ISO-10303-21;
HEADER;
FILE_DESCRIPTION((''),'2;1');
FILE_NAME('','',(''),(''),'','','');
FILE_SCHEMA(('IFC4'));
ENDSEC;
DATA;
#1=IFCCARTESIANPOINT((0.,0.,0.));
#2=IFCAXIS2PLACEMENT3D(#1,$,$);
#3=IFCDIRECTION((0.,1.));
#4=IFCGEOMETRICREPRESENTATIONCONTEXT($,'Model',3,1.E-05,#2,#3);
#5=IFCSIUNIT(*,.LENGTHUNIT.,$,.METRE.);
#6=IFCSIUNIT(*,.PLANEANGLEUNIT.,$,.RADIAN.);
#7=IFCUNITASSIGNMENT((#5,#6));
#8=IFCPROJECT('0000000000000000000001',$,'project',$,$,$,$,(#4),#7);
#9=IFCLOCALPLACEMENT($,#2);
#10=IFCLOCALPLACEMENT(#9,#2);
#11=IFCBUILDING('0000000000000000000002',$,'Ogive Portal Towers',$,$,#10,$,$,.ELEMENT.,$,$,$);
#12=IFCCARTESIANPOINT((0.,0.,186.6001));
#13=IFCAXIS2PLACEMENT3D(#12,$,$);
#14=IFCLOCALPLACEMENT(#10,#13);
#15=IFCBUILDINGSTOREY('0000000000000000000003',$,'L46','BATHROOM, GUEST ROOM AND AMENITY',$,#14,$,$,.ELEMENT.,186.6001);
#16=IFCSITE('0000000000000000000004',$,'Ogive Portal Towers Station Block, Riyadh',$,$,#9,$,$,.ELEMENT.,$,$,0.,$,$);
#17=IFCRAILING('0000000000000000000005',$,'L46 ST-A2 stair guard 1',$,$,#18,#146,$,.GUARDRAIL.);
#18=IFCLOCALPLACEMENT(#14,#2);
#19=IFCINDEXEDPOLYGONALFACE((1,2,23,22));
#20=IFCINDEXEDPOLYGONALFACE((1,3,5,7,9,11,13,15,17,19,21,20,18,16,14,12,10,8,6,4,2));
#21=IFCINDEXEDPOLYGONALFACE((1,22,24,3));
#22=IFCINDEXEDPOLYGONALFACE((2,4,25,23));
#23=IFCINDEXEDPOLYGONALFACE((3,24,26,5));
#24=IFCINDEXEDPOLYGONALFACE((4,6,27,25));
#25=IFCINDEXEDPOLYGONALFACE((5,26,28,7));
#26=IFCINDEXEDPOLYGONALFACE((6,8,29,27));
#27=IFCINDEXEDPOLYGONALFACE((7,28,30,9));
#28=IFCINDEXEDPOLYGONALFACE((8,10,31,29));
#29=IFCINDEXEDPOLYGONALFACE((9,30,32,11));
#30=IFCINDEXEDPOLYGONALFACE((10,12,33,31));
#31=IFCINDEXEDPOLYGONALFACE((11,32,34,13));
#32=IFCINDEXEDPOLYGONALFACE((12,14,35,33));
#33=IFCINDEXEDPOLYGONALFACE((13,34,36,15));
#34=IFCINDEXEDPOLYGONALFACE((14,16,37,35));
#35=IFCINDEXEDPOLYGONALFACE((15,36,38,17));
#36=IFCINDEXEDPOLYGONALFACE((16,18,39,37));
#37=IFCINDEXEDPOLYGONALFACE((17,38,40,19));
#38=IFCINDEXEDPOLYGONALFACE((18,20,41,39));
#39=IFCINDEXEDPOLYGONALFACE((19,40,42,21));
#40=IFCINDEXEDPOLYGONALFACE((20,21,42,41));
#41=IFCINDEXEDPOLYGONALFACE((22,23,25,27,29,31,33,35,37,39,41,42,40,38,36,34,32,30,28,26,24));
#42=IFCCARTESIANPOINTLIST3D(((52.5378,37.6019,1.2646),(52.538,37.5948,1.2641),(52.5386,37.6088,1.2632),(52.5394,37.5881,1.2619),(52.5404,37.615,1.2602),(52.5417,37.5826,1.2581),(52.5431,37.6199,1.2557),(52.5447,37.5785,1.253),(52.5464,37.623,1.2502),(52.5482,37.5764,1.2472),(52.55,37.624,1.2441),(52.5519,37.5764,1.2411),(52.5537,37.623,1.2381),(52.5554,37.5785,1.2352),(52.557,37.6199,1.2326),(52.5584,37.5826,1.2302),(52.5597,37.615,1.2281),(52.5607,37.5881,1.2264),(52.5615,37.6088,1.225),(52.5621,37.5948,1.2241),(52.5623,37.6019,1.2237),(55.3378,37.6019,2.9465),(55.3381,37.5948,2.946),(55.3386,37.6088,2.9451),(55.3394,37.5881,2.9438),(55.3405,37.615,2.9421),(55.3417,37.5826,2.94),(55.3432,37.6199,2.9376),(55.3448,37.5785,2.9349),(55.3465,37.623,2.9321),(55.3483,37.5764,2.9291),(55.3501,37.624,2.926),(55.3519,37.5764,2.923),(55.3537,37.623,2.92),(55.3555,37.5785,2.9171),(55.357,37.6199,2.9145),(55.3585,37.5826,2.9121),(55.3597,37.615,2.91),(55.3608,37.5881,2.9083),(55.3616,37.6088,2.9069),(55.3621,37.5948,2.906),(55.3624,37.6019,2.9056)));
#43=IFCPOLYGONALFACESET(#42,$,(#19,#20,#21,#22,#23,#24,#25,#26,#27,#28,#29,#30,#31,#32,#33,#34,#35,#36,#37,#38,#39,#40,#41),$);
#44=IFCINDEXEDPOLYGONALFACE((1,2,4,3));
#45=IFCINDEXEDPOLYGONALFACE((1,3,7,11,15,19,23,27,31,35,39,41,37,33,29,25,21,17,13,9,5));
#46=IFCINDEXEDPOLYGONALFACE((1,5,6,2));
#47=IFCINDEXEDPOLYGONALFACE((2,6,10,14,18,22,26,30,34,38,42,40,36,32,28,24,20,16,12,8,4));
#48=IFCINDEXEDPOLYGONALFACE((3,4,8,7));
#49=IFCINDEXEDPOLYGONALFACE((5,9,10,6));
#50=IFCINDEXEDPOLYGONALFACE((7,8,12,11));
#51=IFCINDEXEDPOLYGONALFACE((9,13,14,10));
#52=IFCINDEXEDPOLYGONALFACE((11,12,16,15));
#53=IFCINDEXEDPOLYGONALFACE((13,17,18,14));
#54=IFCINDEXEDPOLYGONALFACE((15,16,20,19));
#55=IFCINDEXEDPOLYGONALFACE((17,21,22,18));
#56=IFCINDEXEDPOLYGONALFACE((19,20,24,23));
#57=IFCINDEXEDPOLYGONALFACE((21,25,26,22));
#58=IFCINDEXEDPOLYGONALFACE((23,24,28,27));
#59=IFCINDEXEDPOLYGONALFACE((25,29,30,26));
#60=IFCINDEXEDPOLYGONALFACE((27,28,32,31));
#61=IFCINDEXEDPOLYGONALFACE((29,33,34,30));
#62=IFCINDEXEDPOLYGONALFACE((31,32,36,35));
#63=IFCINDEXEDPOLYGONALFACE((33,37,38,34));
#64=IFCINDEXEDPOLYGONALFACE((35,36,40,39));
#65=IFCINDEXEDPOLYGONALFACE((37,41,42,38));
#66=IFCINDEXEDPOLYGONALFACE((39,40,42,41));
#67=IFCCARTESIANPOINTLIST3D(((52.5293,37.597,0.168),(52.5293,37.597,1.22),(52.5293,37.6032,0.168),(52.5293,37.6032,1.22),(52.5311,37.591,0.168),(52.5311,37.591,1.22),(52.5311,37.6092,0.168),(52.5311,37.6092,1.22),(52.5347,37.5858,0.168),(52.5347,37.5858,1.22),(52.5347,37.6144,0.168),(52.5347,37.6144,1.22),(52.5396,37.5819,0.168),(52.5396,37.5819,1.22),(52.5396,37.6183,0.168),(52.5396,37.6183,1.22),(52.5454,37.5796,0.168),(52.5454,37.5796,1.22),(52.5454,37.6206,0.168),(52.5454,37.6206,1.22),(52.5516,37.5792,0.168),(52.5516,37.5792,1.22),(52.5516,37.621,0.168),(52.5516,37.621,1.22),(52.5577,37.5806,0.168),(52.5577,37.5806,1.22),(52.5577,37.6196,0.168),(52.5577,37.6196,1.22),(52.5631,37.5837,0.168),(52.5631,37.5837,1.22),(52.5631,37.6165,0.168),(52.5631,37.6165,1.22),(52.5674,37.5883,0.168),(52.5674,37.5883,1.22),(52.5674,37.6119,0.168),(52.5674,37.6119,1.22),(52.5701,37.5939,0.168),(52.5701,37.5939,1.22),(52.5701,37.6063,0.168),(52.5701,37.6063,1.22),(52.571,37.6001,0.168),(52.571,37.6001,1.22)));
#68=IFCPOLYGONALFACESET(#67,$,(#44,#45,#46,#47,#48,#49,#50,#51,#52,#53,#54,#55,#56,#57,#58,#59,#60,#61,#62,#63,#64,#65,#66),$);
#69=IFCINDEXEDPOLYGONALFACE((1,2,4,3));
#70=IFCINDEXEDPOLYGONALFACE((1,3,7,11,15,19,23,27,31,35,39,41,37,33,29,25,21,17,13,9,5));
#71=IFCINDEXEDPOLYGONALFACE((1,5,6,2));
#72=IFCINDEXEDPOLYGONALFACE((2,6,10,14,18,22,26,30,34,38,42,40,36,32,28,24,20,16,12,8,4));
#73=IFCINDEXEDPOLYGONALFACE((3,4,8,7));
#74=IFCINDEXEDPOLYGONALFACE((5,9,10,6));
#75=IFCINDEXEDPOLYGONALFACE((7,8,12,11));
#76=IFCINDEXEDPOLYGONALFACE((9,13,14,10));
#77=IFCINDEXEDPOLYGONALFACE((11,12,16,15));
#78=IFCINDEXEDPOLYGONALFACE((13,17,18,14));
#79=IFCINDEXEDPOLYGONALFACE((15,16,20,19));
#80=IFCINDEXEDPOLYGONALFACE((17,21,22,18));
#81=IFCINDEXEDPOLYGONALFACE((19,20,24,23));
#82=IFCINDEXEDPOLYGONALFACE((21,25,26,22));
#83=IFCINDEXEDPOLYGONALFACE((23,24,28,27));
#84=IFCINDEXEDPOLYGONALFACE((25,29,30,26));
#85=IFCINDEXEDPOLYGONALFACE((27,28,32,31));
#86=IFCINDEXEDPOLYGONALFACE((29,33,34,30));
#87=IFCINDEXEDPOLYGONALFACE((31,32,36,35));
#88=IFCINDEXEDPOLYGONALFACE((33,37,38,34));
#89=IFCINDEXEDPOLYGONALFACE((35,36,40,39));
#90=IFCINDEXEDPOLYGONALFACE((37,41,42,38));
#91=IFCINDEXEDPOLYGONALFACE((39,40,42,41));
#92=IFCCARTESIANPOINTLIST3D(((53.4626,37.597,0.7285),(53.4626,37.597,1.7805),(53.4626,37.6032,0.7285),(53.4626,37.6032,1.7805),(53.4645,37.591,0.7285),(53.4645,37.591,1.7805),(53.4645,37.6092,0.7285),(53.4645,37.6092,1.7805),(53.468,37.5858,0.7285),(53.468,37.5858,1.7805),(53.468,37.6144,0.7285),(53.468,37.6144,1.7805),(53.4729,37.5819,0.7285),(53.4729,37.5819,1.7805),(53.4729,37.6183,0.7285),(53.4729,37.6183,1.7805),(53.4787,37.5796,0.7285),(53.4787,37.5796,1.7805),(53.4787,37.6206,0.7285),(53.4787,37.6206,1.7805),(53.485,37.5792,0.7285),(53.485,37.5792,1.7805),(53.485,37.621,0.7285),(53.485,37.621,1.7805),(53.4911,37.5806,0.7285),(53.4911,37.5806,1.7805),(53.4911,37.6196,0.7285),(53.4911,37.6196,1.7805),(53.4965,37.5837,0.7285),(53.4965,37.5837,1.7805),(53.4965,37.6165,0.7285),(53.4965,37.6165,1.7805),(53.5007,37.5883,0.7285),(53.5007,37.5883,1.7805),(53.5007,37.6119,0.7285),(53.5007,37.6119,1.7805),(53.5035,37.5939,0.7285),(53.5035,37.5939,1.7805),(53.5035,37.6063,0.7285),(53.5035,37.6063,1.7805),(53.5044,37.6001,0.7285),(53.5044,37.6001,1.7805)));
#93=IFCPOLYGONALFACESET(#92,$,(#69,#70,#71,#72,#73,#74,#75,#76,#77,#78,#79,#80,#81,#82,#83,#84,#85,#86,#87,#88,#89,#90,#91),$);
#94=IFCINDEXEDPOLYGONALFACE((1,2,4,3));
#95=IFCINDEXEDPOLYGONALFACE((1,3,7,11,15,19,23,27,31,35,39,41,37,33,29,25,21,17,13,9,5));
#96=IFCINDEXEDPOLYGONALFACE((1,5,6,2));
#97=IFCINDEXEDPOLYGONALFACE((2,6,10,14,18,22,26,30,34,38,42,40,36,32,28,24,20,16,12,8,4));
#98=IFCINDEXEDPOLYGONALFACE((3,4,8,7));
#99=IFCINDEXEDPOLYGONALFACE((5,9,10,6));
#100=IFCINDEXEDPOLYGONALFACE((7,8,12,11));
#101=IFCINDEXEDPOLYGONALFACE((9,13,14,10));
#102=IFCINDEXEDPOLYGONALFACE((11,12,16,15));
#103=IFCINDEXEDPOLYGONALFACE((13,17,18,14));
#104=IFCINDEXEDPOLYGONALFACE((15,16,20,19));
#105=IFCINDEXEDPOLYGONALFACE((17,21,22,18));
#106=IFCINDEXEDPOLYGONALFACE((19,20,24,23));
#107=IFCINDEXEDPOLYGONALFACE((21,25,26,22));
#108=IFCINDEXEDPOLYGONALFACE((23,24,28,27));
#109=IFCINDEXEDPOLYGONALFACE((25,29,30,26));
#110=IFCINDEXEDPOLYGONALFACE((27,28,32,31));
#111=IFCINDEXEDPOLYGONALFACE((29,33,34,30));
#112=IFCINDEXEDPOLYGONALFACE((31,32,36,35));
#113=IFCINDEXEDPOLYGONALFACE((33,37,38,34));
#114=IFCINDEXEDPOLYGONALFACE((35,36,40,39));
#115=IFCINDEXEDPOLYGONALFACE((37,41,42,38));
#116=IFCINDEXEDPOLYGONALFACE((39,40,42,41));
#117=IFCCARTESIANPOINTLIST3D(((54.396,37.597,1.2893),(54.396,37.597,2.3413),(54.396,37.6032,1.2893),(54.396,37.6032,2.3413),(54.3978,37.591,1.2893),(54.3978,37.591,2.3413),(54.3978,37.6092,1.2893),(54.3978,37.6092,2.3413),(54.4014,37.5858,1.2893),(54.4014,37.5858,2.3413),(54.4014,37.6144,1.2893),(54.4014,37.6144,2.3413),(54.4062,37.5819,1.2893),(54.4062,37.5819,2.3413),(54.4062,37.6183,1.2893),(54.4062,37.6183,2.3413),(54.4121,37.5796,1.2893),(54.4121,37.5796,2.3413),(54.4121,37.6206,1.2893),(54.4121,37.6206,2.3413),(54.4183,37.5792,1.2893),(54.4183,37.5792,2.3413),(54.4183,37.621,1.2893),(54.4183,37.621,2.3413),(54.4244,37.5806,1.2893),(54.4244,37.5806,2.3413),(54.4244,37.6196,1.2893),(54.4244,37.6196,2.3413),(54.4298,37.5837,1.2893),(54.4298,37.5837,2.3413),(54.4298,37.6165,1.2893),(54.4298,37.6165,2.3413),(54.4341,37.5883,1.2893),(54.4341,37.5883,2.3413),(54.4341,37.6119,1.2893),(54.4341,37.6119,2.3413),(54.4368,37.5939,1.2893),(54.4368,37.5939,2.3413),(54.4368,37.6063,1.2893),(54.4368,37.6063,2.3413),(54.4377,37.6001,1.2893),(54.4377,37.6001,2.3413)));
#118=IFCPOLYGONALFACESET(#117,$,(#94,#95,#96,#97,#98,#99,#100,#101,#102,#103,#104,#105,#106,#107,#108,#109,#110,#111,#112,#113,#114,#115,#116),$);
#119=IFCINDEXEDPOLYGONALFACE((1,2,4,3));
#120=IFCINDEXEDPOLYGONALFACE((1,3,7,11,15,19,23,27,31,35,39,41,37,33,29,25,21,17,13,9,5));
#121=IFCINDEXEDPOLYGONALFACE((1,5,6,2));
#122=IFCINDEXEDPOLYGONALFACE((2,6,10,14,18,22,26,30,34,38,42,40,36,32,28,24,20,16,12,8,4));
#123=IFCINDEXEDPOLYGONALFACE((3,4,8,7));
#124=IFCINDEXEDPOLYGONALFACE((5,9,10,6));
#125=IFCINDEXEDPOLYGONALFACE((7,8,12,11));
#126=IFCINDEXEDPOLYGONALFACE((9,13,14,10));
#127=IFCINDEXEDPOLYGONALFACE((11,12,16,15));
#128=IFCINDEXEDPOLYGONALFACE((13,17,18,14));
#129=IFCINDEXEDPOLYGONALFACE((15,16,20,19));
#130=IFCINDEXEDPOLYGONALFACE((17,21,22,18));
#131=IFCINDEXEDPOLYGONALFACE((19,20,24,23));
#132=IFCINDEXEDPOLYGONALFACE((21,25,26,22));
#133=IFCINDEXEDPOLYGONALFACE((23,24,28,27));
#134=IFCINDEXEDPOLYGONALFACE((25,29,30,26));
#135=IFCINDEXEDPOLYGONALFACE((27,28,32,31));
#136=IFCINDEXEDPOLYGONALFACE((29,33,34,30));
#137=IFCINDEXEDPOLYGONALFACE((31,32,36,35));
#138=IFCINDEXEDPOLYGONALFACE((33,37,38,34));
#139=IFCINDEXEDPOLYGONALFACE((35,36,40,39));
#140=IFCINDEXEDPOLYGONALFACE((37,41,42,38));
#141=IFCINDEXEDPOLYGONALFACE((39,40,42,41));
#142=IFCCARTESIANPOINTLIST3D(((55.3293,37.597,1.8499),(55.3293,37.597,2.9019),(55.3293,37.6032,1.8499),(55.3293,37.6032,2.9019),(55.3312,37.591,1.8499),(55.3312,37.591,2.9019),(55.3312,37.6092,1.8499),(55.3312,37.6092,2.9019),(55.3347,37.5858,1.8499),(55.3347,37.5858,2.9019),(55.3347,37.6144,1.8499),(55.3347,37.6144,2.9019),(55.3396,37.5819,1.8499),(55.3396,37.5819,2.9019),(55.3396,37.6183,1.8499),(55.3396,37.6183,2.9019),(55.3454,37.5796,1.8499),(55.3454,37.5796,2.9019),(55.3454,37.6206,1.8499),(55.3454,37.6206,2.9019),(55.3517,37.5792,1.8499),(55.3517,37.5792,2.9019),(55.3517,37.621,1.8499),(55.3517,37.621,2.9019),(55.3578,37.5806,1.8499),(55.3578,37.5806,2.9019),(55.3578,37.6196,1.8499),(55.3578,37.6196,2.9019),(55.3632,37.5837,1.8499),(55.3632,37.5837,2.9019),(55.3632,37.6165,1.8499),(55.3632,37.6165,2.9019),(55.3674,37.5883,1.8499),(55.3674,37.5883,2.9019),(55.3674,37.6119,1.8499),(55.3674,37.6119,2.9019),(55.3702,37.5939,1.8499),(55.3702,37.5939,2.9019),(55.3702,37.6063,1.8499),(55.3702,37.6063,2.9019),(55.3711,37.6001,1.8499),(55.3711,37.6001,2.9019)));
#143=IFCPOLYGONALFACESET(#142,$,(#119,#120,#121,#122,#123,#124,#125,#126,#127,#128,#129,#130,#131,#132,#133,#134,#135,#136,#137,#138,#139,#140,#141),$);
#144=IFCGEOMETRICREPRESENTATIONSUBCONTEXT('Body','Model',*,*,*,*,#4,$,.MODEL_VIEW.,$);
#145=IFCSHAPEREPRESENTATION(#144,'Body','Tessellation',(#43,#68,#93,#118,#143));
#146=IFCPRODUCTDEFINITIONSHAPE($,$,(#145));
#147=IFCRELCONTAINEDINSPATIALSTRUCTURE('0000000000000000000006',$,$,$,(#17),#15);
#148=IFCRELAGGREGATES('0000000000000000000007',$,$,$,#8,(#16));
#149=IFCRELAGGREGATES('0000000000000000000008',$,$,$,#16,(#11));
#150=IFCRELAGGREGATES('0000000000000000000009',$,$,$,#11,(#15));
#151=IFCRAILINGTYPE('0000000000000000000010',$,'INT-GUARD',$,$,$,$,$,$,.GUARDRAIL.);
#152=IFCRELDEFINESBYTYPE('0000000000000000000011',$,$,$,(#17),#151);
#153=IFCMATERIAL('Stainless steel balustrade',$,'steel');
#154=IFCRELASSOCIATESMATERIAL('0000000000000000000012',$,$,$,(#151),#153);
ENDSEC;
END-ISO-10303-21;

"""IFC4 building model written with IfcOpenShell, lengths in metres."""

from ifc_helpers import new_model, si_unit, direction, frame, origin, origin_2d, place, context, subcontext, project, spatial, circle, extrude, material, type_object, element, save


model = new_model("IFC4")

# Units and contexts
model_context = context("Model", 3, precision=1e-05, world=origin(), true_north=direction((0.0, 1.0)))
body_context = subcontext(model_context, "Body", "Model", "MODEL_VIEW")
ifc_project = project(units=[si_unit("LENGTHUNIT", "METRE"), si_unit("PLANEANGLEUNIT", "RADIAN")], contexts=[model_context])

# Site, building, storey
site_placement = place(None, origin())
site = spatial("IfcSite", under=ifc_project, at=site_placement, Name="Ogive Portal Towers Station Block, Riyadh", CompositionType="ELEMENT", RefElevation=0.0)
building_placement = place(site_placement, origin())
building = spatial("IfcBuilding", under=site, at=building_placement, Name="Ogive Portal Towers", CompositionType="ELEMENT")
storey_placement = place(building_placement, frame((0.0, 0.0, 186.6001)))
storey = spatial("IfcBuildingStorey", under=building, at=storey_placement, Name="L46", Description="BATHROOM, GUEST ROOM AND AMENITY", CompositionType="ELEMENT", Elevation=186.6001)

# Railing
ifc_material_1 = material(Name="Stainless steel balustrade", Category="steel")
railing_type_1 = type_object("IfcRailingType", Name="INT-GUARD", PredefinedType="GUARDRAIL", material=ifc_material_1)
railing_1_placement = place(storey_placement, frame((52.55, 37.6001, 0.168)))
element("IfcRailing", 1, at=railing_1_placement, inside=storey, type_object=railing_type_1, Name="L46 ST-A2 stair guard 1", PredefinedType="GUARDRAIL", context=body_context, shape_type="SweptSolid", body=[
    extrude(circle(Radius=0.0239, at=origin_2d()), frame((0.0, 0.0, 1.0762), z_axis=(0.857242, 0.0, 0.514913), x_axis=(0.0, 1.0, 0.0)), (0.0, 0.0, 1.0), 3.2664),
    extrude(circle(Radius=0.021, at=origin_2d()), origin(), (0.0, 0.0, 1.0), 1.052),
    extrude(circle(Radius=0.021, at=origin_2d()), frame((0.9333, 0.0, 0.5605)), (0.0, 0.0, 1.0), 1.052),
    extrude(circle(Radius=0.021, at=origin_2d()), frame((1.8667, 0.0, 1.1213)), (0.0, 0.0, 1.0), 1.052),
    extrude(circle(Radius=0.021, at=origin_2d()), frame((2.8, 0.0, 1.6819)), (0.0, 0.0, 1.0), 1.052),
])

save(model, "model.ifc")
